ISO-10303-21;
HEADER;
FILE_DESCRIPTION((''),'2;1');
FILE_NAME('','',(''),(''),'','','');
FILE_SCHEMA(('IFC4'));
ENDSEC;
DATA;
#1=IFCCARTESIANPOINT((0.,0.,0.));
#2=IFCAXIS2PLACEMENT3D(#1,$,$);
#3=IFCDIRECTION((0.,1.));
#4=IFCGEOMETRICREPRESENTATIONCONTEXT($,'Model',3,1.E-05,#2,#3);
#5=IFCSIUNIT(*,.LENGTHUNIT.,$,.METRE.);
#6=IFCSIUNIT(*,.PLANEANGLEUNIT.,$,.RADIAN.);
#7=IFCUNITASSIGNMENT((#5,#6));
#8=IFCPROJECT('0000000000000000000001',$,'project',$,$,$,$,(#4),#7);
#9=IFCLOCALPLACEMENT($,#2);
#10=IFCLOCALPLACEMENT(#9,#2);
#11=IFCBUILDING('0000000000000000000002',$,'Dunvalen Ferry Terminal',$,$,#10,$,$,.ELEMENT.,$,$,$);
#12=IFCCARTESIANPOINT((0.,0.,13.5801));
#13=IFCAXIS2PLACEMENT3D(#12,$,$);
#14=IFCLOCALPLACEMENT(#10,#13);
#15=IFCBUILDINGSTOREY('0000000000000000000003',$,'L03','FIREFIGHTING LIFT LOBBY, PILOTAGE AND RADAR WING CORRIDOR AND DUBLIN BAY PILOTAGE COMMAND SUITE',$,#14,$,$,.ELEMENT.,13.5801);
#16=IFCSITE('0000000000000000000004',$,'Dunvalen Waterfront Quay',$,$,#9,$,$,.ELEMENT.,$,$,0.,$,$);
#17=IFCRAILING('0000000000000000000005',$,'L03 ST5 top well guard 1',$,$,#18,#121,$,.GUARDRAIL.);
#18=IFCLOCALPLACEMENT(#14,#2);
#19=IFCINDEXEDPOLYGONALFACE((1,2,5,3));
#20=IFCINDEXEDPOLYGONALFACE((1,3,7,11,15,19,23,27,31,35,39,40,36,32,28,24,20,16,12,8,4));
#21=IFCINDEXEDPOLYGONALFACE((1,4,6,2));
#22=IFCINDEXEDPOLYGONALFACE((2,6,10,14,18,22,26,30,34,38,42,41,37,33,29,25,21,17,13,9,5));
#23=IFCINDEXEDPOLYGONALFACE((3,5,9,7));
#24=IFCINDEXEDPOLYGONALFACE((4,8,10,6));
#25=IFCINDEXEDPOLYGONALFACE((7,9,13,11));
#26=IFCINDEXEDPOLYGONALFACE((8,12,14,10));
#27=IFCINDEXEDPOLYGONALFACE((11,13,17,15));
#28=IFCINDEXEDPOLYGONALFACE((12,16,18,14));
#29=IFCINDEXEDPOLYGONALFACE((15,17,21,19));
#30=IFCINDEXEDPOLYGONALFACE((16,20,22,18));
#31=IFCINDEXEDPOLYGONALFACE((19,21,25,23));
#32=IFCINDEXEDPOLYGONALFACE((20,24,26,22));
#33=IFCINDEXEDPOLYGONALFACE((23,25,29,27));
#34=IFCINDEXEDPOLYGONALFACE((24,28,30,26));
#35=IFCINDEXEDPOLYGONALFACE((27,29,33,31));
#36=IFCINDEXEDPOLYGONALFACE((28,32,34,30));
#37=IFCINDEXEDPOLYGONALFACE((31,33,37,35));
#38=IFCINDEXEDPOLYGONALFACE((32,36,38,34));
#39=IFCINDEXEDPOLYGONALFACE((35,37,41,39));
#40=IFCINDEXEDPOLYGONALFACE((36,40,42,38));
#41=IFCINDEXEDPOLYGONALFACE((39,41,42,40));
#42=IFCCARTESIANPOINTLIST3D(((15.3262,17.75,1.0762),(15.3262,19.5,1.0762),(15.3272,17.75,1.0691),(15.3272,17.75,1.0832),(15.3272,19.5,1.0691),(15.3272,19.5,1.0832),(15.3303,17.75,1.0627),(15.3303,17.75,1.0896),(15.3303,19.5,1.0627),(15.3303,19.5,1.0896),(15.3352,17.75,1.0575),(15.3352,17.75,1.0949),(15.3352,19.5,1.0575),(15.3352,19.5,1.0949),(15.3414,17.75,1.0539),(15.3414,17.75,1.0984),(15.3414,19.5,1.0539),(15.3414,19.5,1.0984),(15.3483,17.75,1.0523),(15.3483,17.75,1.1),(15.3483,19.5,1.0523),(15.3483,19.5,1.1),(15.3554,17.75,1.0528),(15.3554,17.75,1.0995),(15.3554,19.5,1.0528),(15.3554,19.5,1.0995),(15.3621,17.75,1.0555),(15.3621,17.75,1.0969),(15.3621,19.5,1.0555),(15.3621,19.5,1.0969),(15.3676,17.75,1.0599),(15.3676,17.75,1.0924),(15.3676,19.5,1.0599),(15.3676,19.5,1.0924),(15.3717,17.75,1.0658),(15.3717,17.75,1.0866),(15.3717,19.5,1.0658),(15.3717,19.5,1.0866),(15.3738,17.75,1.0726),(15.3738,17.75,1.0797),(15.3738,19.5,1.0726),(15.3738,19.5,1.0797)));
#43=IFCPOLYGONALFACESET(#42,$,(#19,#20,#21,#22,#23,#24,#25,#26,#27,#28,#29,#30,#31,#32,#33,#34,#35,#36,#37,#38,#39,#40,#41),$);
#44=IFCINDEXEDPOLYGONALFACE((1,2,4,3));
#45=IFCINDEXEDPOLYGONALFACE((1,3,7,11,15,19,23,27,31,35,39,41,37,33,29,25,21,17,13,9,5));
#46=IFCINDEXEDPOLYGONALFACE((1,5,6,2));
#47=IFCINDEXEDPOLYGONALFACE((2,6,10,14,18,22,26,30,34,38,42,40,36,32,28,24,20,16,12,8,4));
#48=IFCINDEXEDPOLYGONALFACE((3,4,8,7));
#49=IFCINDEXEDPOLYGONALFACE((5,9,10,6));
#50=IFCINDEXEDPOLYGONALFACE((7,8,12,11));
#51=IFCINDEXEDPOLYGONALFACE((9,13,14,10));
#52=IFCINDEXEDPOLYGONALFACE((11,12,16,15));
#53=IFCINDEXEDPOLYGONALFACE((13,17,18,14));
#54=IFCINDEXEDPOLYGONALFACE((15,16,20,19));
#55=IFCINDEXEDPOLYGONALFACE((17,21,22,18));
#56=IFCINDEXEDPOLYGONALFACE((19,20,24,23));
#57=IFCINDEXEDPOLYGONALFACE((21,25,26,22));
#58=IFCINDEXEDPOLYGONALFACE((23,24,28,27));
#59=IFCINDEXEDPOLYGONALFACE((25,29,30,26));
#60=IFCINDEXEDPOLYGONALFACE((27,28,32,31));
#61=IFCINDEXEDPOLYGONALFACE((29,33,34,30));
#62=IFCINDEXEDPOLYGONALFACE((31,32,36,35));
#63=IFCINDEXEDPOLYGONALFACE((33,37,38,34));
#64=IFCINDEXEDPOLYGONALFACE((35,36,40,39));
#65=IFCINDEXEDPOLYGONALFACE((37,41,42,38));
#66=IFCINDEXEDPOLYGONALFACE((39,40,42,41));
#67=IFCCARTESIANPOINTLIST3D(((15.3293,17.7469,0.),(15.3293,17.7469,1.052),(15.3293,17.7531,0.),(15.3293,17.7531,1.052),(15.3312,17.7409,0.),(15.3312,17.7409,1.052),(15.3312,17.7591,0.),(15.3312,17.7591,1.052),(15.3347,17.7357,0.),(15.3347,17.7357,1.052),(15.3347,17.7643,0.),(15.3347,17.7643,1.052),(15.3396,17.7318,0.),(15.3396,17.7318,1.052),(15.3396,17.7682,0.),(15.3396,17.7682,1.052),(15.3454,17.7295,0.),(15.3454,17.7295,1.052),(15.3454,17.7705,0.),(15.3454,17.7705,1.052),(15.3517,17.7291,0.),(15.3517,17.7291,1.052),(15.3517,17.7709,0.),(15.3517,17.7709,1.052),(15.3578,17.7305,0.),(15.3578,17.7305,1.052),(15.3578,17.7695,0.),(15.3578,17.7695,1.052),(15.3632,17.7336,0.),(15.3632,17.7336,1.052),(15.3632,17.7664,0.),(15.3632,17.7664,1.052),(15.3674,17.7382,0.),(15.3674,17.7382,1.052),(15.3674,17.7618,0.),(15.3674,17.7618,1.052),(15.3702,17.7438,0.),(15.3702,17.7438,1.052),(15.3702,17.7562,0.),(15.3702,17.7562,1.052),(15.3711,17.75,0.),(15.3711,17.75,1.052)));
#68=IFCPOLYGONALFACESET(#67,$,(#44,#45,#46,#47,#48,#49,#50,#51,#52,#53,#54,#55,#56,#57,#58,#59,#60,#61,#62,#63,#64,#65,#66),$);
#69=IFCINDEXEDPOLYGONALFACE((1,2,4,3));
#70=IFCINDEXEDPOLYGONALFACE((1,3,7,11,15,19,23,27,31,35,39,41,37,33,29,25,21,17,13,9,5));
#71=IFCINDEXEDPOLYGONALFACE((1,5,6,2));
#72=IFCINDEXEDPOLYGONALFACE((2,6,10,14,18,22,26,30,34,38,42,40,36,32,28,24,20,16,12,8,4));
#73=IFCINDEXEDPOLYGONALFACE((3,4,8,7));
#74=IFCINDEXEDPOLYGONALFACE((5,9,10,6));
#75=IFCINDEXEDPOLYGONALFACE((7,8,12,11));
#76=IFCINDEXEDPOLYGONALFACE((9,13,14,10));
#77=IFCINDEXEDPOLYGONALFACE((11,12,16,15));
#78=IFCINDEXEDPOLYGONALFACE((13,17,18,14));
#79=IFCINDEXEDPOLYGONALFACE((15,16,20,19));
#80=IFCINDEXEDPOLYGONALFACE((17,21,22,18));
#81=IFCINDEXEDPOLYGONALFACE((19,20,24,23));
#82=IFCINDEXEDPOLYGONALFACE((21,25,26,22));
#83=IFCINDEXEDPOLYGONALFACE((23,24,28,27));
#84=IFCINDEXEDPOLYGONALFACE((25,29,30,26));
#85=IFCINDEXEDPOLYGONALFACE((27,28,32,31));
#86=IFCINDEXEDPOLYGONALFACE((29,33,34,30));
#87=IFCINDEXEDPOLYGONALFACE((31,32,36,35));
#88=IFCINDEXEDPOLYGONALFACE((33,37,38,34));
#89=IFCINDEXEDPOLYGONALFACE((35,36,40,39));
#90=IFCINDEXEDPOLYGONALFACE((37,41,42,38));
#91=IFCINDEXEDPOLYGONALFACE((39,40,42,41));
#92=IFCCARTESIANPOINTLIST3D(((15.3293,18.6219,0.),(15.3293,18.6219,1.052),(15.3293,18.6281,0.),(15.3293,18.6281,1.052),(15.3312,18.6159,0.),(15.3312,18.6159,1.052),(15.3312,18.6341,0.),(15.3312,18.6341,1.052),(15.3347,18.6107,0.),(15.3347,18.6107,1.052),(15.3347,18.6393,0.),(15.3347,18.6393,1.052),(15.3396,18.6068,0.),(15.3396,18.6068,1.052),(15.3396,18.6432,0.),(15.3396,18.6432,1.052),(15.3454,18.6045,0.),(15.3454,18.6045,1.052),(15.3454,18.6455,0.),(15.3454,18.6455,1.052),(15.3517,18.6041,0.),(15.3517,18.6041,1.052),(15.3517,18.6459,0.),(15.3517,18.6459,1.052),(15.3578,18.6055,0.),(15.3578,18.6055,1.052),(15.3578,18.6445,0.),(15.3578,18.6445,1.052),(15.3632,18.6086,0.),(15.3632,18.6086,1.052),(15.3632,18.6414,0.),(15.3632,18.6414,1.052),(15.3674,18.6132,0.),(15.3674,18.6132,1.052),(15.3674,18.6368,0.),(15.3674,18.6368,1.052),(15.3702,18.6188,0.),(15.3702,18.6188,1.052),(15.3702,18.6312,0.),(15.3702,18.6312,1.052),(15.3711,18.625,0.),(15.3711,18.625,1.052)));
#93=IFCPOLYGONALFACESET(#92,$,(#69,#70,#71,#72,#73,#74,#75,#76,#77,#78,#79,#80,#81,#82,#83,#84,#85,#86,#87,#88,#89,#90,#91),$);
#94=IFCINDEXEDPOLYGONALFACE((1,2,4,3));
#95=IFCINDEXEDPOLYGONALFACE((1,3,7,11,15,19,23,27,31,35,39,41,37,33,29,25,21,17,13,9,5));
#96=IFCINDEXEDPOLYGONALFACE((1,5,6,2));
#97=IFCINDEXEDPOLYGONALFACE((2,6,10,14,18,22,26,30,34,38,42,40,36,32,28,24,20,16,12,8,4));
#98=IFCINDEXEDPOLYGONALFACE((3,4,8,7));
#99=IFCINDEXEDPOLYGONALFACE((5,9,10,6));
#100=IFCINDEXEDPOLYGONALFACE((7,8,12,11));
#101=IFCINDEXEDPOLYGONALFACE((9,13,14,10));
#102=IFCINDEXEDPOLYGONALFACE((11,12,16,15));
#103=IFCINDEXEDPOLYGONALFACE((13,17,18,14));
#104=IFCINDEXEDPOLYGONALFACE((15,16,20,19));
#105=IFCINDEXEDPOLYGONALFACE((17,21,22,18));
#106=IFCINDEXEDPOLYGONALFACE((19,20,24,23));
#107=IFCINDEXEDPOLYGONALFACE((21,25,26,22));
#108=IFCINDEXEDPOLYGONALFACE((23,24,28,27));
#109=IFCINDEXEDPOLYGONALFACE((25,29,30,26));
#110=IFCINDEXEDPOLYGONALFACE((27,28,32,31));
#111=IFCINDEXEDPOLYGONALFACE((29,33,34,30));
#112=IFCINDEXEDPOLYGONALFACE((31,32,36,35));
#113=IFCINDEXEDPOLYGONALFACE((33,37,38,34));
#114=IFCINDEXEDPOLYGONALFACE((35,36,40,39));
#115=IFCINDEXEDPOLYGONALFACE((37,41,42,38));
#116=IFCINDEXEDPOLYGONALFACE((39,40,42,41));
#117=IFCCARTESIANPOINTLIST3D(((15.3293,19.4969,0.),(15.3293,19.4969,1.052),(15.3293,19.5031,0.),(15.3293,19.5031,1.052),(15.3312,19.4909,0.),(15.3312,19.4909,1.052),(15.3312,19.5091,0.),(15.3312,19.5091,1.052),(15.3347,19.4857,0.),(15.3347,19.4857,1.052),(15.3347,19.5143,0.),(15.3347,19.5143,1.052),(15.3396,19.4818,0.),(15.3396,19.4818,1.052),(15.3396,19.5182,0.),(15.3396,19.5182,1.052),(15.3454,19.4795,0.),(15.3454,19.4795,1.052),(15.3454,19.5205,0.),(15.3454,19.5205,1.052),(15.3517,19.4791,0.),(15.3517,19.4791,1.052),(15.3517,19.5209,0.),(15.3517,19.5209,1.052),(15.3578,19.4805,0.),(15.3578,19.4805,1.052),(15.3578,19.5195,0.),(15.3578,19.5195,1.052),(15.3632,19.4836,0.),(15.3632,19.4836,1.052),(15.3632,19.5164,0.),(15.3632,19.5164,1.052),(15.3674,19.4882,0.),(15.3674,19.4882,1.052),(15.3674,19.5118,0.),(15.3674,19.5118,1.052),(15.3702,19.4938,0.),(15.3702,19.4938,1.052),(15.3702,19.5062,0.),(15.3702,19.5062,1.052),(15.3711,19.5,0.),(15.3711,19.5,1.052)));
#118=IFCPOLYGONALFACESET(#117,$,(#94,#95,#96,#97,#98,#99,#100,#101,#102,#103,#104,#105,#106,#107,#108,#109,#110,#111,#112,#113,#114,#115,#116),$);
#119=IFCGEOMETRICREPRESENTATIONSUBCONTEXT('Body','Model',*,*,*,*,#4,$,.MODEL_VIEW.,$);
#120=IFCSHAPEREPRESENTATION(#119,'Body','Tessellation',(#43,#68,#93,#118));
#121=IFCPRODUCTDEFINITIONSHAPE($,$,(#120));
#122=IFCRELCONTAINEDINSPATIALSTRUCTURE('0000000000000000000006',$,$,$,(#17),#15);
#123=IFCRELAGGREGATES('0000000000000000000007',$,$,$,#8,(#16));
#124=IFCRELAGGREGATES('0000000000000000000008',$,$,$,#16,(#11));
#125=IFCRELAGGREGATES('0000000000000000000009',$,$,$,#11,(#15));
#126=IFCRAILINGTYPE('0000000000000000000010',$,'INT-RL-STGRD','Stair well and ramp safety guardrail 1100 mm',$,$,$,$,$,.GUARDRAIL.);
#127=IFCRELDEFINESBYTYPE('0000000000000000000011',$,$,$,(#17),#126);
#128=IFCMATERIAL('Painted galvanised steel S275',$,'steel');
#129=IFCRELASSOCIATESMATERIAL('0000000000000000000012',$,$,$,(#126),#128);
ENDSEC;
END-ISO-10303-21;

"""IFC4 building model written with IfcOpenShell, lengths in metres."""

from ifc_helpers import new_model, si_unit, direction, frame, origin, origin_2d, place, context, subcontext, project, spatial, circle, extrude, material, type_object, element, save


model = new_model("IFC4")

# Units and contexts
model_context = context("Model", 3, precision=1e-05, world=origin(), true_north=direction((0.0, 1.0)))
body_context = subcontext(model_context, "Body", "Model", "MODEL_VIEW")
ifc_project = project(units=[si_unit("LENGTHUNIT", "METRE"), si_unit("PLANEANGLEUNIT", "RADIAN")], contexts=[model_context])

# Site, building, storey
site_placement = place(None, origin())
site = spatial("IfcSite", under=ifc_project, at=site_placement, Name="Dunvalen Waterfront Quay", CompositionType="ELEMENT", RefElevation=0.0)
building_placement = place(site_placement, origin())
building = spatial("IfcBuilding", under=site, at=building_placement, Name="Dunvalen Ferry Terminal", CompositionType="ELEMENT")
storey_placement = place(building_placement, frame((0.0, 0.0, 13.5801)))
storey = spatial("IfcBuildingStorey", under=building, at=storey_placement, Name="L03", Description="FIREFIGHTING LIFT LOBBY, PILOTAGE AND RADAR WING CORRIDOR AND DUBLIN BAY PILOTAGE COMMAND SUITE", CompositionType="ELEMENT", Elevation=13.5801)

# Railing
ifc_material_1 = material(Name="Painted galvanised steel S275", Category="steel")
railing_type = type_object("IfcRailingType", Name="INT-RL-STGRD", Description="Stair well and ramp safety guardrail 1100 mm", PredefinedType="GUARDRAIL", material=ifc_material_1)
railing_placement = place(storey_placement, frame((15.3501, 17.75, 0.0)))
element("IfcRailing", 1, at=railing_placement, inside=storey, type_object=railing_type, Name="L03 ST5 top well guard 1", PredefinedType="GUARDRAIL", context=body_context, shape_type="SweptSolid", body=[
    extrude(circle(Radius=0.0239, at=origin_2d()), frame((0.0, 0.0, 1.0762), z_axis=(0.0, 1.0, 0.0), x_axis=(-1.0, 0.0, 0.0)), (0.0, 0.0, 1.0), 1.75),
    extrude(circle(Radius=0.021, at=origin_2d()), origin(), (0.0, 0.0, 1.0), 1.052),
    extrude(circle(Radius=0.021, at=origin_2d()), frame((0.0, 0.875, 0.0)), (0.0, 0.0, 1.0), 1.052),
    extrude(circle(Radius=0.021, at=origin_2d()), frame((0.0, 1.75, 0.0)), (0.0, 0.0, 1.0), 1.052),
])

save(model, "model.ifc")
